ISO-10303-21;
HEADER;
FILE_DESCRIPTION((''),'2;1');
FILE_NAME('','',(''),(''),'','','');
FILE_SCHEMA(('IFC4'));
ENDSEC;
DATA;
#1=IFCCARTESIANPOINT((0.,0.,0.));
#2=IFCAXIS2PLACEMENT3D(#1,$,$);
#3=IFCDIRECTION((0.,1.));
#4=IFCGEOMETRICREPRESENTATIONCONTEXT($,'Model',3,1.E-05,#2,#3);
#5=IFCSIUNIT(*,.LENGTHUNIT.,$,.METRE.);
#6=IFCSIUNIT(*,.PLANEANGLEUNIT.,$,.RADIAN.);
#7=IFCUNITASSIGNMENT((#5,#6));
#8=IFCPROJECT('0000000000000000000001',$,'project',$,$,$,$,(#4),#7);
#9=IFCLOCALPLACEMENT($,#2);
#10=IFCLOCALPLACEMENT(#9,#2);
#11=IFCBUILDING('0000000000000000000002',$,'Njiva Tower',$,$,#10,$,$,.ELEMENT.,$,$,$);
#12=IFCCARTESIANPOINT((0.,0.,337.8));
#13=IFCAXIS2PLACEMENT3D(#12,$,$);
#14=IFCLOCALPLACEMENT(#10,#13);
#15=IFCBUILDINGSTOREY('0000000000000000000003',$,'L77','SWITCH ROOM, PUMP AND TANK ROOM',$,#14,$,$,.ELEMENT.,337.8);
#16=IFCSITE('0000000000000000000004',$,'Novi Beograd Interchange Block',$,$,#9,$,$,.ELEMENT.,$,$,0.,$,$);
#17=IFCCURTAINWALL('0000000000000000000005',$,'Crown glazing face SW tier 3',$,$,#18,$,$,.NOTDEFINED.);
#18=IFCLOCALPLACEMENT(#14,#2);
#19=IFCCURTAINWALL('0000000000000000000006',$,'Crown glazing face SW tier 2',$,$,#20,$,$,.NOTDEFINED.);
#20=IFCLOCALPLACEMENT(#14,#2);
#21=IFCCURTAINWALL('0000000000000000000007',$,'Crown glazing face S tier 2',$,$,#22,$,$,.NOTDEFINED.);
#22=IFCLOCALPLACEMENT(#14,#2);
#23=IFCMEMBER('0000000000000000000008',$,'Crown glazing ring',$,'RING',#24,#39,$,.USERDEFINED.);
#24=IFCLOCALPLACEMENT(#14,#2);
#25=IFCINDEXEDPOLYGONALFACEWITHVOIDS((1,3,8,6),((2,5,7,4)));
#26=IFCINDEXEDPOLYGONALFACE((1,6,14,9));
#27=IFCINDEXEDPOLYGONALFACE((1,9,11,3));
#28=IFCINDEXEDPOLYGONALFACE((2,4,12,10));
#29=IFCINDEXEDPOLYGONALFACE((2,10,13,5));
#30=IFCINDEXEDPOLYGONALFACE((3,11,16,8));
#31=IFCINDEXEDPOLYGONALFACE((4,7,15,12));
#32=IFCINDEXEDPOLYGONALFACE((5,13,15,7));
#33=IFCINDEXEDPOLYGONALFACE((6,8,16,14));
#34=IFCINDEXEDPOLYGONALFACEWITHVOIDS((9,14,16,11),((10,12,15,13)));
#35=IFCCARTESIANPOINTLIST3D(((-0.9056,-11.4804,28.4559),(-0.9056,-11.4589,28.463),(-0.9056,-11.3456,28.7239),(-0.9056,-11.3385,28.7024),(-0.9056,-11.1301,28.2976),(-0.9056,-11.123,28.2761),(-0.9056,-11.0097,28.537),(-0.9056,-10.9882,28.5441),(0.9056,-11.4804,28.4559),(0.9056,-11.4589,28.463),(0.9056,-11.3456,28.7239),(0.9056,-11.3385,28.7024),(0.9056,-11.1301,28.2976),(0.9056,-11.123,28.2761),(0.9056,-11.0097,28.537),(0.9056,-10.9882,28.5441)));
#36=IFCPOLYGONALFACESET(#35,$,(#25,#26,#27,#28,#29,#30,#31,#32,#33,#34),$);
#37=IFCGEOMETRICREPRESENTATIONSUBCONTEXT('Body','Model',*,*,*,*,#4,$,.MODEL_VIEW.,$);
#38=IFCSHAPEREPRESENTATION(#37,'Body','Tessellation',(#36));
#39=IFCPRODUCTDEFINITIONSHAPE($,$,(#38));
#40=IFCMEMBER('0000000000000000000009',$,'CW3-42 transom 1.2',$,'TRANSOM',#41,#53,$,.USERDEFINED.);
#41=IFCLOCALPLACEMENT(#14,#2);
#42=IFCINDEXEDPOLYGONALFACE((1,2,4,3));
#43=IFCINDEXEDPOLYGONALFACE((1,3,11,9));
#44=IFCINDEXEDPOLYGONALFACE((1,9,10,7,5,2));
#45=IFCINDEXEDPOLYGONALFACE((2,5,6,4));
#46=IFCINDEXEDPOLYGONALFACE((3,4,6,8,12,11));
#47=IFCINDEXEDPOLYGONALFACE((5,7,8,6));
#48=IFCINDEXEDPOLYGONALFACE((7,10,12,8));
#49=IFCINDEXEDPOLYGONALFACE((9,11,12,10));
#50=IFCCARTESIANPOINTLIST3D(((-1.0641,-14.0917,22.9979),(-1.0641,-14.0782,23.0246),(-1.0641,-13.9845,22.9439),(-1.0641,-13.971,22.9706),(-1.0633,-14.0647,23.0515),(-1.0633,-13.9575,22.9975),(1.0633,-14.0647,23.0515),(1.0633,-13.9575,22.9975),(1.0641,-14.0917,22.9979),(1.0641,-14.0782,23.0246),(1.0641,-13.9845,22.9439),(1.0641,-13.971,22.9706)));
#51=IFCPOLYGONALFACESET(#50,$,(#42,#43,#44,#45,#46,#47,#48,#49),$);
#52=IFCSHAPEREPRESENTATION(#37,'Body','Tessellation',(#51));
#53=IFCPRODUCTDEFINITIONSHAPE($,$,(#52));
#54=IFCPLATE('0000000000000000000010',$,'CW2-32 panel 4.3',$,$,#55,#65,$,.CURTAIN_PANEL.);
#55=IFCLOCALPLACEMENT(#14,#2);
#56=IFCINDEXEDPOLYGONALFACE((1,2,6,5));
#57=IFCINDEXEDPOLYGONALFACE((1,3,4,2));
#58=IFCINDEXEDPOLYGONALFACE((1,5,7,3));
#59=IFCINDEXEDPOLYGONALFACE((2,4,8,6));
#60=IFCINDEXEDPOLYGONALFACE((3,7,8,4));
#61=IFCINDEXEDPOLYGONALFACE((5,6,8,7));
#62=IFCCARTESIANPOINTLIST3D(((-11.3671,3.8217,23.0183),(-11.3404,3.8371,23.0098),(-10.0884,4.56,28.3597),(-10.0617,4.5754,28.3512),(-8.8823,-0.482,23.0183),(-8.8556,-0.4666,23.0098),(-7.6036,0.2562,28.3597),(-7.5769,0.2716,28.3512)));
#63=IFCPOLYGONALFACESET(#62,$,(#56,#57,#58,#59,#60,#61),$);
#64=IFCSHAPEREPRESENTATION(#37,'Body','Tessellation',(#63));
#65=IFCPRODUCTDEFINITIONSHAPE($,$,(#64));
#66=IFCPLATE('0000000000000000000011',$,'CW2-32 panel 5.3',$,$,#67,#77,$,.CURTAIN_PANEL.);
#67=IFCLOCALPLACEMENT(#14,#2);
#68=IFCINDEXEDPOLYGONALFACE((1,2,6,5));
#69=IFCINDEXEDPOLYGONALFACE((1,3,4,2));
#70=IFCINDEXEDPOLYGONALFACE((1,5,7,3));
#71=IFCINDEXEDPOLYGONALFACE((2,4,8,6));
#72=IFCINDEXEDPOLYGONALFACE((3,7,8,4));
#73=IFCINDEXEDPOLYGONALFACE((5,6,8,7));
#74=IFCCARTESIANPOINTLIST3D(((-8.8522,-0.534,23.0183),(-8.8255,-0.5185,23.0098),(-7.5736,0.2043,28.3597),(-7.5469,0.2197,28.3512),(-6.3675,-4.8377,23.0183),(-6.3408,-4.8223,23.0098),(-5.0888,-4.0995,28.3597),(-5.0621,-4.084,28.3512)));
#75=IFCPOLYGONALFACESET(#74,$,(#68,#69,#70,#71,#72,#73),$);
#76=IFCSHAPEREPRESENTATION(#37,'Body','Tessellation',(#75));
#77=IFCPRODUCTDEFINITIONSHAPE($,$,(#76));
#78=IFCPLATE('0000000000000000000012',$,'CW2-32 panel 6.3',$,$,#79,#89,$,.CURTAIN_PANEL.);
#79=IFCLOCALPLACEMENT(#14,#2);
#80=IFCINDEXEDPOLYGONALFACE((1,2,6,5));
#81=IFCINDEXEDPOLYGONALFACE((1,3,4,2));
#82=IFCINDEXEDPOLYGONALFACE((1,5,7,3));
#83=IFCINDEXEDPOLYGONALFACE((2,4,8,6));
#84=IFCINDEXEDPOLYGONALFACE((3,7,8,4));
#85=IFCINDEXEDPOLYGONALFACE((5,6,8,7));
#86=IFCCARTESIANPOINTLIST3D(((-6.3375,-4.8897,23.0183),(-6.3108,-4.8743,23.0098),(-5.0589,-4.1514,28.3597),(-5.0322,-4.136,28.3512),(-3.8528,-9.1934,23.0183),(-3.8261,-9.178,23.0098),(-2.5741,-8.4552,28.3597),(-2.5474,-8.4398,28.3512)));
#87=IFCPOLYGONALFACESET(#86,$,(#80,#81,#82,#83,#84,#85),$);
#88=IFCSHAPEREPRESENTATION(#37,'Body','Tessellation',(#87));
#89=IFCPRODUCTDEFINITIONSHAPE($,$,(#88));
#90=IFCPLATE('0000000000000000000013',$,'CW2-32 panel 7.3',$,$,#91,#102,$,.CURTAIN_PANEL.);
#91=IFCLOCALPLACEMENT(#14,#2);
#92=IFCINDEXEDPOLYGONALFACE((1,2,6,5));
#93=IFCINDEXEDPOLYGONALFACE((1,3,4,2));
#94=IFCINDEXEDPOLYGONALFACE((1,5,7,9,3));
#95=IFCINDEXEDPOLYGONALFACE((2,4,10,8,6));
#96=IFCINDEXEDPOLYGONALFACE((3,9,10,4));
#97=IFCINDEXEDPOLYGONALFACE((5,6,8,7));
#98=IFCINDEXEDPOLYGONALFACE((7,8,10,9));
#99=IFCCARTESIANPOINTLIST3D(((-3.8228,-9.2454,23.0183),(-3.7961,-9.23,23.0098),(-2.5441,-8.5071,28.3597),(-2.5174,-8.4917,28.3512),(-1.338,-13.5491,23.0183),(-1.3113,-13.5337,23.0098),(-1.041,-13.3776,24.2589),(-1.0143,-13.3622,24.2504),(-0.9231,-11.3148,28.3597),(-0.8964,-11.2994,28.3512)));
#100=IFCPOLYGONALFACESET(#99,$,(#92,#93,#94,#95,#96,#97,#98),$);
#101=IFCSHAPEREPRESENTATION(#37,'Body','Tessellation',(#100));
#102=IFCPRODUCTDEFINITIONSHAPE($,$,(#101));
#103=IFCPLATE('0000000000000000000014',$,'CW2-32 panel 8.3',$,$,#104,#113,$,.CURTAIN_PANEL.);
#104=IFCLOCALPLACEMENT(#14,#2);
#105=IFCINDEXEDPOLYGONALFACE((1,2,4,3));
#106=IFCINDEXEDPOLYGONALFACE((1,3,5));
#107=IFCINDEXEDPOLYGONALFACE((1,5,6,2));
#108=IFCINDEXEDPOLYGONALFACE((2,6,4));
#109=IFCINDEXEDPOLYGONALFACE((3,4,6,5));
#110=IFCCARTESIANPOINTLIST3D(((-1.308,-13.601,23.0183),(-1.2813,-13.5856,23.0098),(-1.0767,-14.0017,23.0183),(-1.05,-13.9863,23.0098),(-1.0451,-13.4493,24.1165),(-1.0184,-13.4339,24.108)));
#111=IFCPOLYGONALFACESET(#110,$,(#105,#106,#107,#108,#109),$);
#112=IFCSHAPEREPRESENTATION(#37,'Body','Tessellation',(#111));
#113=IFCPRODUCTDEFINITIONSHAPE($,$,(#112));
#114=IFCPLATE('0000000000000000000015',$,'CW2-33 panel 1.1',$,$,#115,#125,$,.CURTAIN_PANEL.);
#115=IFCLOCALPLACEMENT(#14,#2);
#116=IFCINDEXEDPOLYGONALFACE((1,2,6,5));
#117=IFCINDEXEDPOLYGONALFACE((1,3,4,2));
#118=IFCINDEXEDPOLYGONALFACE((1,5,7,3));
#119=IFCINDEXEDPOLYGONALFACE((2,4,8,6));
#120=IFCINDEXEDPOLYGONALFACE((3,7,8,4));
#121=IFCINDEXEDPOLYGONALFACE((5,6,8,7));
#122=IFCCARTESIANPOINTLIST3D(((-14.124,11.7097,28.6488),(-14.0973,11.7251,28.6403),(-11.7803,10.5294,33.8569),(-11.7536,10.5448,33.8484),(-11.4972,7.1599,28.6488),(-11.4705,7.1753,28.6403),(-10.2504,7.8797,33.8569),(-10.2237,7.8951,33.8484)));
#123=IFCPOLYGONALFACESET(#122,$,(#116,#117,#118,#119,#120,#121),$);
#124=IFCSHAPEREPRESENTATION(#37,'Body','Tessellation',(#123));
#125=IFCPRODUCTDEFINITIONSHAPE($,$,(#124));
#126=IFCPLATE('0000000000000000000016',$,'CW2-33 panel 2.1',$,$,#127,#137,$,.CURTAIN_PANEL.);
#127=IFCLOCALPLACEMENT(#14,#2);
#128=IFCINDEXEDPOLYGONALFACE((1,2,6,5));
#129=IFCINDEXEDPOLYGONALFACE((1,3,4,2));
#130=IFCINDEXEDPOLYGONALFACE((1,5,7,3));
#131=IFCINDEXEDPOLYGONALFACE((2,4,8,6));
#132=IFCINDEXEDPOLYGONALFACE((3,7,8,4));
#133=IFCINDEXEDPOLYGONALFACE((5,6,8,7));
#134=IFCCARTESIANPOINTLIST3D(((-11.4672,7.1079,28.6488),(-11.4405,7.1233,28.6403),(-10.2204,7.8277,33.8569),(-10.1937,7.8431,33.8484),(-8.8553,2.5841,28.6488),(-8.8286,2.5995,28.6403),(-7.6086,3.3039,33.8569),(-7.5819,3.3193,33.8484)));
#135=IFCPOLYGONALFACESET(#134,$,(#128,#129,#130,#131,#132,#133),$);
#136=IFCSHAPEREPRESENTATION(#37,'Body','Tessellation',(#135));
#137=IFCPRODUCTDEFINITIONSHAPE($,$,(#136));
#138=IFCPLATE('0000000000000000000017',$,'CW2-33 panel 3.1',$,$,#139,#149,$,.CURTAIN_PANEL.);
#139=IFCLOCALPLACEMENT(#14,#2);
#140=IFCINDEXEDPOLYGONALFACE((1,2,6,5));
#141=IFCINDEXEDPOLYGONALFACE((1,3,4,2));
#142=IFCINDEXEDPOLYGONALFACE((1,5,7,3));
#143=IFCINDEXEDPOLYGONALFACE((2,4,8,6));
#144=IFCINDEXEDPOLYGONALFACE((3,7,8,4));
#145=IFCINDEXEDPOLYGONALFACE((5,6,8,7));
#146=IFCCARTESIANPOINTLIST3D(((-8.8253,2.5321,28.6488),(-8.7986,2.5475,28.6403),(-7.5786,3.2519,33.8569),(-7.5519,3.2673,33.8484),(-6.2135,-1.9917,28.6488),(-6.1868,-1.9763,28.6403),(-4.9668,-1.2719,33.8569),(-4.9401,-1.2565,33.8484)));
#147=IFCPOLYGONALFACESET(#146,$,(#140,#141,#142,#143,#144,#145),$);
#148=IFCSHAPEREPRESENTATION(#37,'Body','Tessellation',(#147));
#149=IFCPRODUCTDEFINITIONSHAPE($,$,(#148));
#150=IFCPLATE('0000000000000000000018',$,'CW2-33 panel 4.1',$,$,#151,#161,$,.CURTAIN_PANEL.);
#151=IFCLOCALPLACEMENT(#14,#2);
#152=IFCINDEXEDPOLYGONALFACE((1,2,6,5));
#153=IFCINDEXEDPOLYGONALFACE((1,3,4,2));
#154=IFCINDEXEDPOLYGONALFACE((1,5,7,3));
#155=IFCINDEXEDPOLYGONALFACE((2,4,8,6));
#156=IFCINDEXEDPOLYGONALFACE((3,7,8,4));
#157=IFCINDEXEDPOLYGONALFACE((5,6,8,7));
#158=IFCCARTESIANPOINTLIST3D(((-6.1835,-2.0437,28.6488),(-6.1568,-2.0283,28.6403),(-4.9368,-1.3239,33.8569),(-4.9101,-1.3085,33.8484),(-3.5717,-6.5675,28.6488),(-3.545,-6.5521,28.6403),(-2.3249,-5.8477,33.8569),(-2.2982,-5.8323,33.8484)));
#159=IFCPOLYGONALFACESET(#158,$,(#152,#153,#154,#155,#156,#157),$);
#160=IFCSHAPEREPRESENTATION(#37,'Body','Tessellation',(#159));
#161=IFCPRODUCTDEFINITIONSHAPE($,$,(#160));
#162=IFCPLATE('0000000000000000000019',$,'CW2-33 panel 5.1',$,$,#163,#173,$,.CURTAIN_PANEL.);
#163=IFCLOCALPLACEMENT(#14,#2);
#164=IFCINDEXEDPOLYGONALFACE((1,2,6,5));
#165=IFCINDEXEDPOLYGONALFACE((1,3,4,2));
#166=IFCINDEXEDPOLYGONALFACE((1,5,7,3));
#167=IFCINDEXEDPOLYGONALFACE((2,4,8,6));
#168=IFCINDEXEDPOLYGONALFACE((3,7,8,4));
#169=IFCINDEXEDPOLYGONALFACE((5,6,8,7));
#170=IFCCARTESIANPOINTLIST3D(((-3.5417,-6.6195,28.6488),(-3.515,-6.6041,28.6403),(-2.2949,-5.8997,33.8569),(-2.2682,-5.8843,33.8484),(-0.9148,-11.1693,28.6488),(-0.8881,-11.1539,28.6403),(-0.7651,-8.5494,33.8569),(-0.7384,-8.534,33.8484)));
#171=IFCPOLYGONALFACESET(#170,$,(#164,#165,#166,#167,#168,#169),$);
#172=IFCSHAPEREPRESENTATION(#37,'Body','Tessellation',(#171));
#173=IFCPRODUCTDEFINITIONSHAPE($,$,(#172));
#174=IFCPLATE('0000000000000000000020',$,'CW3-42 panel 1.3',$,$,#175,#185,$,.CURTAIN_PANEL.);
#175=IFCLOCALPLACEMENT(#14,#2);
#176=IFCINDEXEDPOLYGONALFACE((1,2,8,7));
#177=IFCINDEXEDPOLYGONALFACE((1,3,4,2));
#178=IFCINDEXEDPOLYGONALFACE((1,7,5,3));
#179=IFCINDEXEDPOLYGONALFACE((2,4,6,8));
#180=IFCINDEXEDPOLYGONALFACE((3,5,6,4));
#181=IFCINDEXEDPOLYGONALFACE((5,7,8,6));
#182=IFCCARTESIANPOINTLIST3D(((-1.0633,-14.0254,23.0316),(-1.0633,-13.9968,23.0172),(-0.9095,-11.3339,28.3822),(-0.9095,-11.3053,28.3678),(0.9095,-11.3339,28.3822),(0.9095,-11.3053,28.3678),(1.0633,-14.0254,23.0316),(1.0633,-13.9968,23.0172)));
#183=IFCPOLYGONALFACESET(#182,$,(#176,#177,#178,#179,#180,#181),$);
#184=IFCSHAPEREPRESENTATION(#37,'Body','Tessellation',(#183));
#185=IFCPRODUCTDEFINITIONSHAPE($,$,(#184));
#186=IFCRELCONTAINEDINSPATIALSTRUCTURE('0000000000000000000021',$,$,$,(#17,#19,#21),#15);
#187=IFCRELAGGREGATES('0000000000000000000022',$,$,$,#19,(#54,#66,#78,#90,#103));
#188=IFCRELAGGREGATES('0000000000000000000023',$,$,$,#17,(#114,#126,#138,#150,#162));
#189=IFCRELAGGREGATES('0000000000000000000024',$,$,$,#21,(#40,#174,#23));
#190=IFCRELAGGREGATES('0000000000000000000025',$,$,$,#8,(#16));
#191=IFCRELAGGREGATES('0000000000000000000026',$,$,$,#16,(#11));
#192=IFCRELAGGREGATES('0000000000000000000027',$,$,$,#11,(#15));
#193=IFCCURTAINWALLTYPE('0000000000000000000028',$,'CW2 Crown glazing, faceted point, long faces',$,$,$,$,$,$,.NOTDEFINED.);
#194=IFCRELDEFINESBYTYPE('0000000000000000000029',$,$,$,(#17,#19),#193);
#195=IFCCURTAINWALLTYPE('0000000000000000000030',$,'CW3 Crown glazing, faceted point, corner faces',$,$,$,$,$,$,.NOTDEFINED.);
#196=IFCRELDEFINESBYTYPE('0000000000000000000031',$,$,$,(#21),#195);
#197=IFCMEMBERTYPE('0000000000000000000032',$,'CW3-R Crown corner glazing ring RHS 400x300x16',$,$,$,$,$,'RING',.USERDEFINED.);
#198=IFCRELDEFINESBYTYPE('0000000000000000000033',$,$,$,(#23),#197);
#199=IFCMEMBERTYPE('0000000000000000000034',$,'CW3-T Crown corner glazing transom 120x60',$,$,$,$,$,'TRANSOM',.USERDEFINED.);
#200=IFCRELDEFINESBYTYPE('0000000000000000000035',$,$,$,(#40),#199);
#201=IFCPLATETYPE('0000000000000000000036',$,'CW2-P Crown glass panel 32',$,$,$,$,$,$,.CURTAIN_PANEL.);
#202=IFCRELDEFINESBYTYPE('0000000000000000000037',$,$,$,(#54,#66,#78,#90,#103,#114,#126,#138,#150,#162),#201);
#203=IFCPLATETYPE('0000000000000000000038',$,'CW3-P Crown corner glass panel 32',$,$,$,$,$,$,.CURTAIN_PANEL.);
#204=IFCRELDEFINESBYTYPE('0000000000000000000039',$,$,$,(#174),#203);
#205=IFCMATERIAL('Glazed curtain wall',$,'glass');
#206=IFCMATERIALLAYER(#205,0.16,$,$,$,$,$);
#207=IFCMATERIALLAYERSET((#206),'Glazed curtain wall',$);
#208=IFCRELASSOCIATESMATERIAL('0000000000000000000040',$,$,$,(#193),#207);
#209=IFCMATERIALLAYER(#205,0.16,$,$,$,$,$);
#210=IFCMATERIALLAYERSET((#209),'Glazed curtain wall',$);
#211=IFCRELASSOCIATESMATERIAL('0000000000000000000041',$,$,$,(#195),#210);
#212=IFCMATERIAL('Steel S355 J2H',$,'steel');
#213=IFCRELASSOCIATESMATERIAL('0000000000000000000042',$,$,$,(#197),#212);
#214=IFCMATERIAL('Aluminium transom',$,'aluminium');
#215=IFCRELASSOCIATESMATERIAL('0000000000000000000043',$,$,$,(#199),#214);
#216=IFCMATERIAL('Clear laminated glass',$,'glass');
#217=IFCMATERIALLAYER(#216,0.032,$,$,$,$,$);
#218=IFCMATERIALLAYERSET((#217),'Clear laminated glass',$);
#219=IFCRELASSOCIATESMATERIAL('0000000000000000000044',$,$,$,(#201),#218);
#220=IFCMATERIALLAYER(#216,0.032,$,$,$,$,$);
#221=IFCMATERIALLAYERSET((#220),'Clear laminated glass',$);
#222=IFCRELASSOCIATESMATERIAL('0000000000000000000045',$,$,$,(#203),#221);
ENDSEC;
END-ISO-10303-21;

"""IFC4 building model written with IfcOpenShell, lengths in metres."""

from ifc_helpers import new_model, si_unit, direction, frame, origin, origin_2d, place, context, subcontext, project, spatial, polyline, rectangle, hollow_rectangle, outline, extrude, clip, halfspace, material, layer, layer_set, material_profile, profile_set, type_object, element, aggregate, save


model = new_model("IFC4")

# Units and contexts
model_context = context("Model", 3, precision=1e-05, world=origin(), true_north=direction((0.0, 1.0)))
body_context = subcontext(model_context, "Body", "Model", "MODEL_VIEW")
ifc_project = project(units=[si_unit("LENGTHUNIT", "METRE"), si_unit("PLANEANGLEUNIT", "RADIAN")], contexts=[model_context])

# Site, building, storey
site_placement = place(None, origin())
site = spatial("IfcSite", under=ifc_project, at=site_placement, Name="Novi Beograd Interchange Block", CompositionType="ELEMENT", RefElevation=0.0)
building_placement = place(site_placement, origin())
building = spatial("IfcBuilding", under=site, at=building_placement, Name="Njiva Tower", CompositionType="ELEMENT")
storey_placement = place(building_placement, frame((0.0, 0.0, 337.8)))
storey = spatial("IfcBuildingStorey", under=building, at=storey_placement, Name="L77", Description="SWITCH ROOM, PUMP AND TANK ROOM", CompositionType="ELEMENT", Elevation=337.8)

# Curtain walls
ifc_material_1 = material(Name="Glazed curtain wall", Category="glass")
ifc_layer_1 = layer(ifc_material_1, 0.16)
ifc_layer_set_1 = layer_set([ifc_layer_1], Name="Glazed curtain wall")
curtain_wall_type_1 = type_object("IfcCurtainWallType", Name="CW2 Crown glazing, faceted point, long faces", PredefinedType="NOTDEFINED", material=ifc_layer_set_1)
curtain_wall_1_placement = place(storey_placement, origin())
curtain_wall_1 = element("IfcCurtainWall", 1, at=curtain_wall_1_placement, inside=storey, type_object=curtain_wall_type_1, Name="Crown glazing face SW tier 3", PredefinedType="NOTDEFINED")
curtain_wall_2_placement = place(storey_placement, origin())
curtain_wall_2 = element("IfcCurtainWall", 2, at=curtain_wall_2_placement, inside=storey, type_object=curtain_wall_type_1, Name="Crown glazing face SW tier 2", PredefinedType="NOTDEFINED")
ifc_material_2 = material(Name="Aluminium transom", Category="aluminium")

# Curtain wall, members
ifc_layer_2 = layer(ifc_material_1, 0.16)
ifc_layer_set_2 = layer_set([ifc_layer_2], Name="Glazed curtain wall")
curtain_wall_type_2 = type_object("IfcCurtainWallType", Name="CW3 Crown glazing, faceted point, corner faces", PredefinedType="NOTDEFINED", material=ifc_layer_set_2)
curtain_wall_3_placement = place(storey_placement, origin())
curtain_wall_3 = element("IfcCurtainWall", 3, at=curtain_wall_3_placement, inside=storey, type_object=curtain_wall_type_2, Name="Crown glazing face S tier 2", PredefinedType="NOTDEFINED")
ifc_material_3 = material(Name="Steel S355 J2H", Category="steel")
ifc_material_profile_1 = material_profile(ifc_material_3, hollow_rectangle(XDim=0.3, YDim=0.4, WallThickness=0.016, at=origin_2d()), Name="BOX 400x300x16")
ifc_profile_set_1 = profile_set([ifc_material_profile_1], Name="Steel S355 J2H")
member_type_1 = type_object("IfcMemberType", Name="CW3-R Crown corner glazing ring RHS 400x300x16", ElementType="RING", PredefinedType="USERDEFINED", material=ifc_profile_set_1)
member_1_placement = place(storey_placement, frame((-0.9056, -11.2343, 28.5), z_axis=(1.0, 0.0, 0.0), x_axis=(0.0, 0.449387, 0.893337)))
member_1 = element("IfcMember", 4, at=member_1_placement, type_object=member_type_1, Name="Crown glazing ring", ObjectType="RING", PredefinedType="USERDEFINED", context=body_context, shape_type="SweptSolid", body=[
    extrude(hollow_rectangle(XDim=0.3, YDim=0.4, WallThickness=0.016, at=origin_2d()), origin(), (0.0, 0.0, 1.0), 1.8112),
])
ifc_material_profile_2 = material_profile(ifc_material_2, rectangle(XDim=0.12, YDim=0.06, at=origin_2d()), Name="RECT 120x60")
ifc_profile_set_2 = profile_set([ifc_material_profile_2], Name="Aluminium transom")
member_type_2 = type_object("IfcMemberType", Name="CW3-T Crown corner glazing transom 120x60", ElementType="TRANSOM", PredefinedType="USERDEFINED", material=ifc_profile_set_2)
member_2_placement = place(storey_placement, frame((-1.0641, -14.0246, 22.9977), z_axis=(1.0, 0.0, 0.0), x_axis=(0.0, -0.893337, 0.449387)))
member_2 = element("IfcMember", 5, at=member_2_placement, type_object=member_type_2, Name="CW3-42 transom 1.2", ObjectType="TRANSOM", PredefinedType="USERDEFINED", context=body_context, shape_type="Clipping", body=[
    clip(clip(extrude(rectangle(XDim=0.12, YDim=0.06, at=origin_2d()), origin(), (0.0, 0.0, 1.0), 2.1282), halfspace(frame((0.06, 0.0001, 0.0), z_axis=(0.0, -0.025675, -0.99967), x_axis=(0.0, -0.99967, 0.025675)), False)), halfspace(frame((0.06, 0.0001, 2.1282), z_axis=(0.0, -0.025675, 0.99967), x_axis=(0.0, 0.99967, 0.025675)), False)),
])

# Plates
ifc_material_4 = material(Name="Clear laminated glass", Category="glass")
ifc_layer_3 = layer(ifc_material_4, 0.032)
ifc_layer_set_3 = layer_set([ifc_layer_3], Name="Clear laminated glass")
plate_type_1 = type_object("IfcPlateType", Name="CW2-P Crown glass panel 32", PredefinedType="CURTAIN_PANEL", material=ifc_layer_set_3)
plate_1_placement = place(storey_placement, frame((-10.0884, 4.56, 28.3597), z_axis=(-0.834718, -0.481931, 0.266436), x_axis=(-0.230737, -0.133224, -0.963853)))
plate_1 = element("IfcPlate", 6, at=plate_1_placement, type_object=plate_type_1, Name="CW2-32 panel 4.3", PredefinedType="CURTAIN_PANEL", context=body_context, shape_type="SweptSolid", body=[
    extrude(outline(polyline([(0.0, 0.0), (5.5417, 0.0), (5.5417, 4.9695), (0.0, 4.9696), (0.0, 0.0)])), origin(), (0.0, 0.0, -1.0), 0.032),
])
plate_2_placement = place(storey_placement, frame((-7.5736, 0.2043, 28.3597), z_axis=(-0.834724, -0.481924, 0.266428), x_axis=(-0.230731, -0.13322, -0.963855)))
plate_2 = element("IfcPlate", 7, at=plate_2_placement, type_object=plate_type_1, Name="CW2-32 panel 5.3", PredefinedType="CURTAIN_PANEL", context=body_context, shape_type="SweptSolid", body=[
    extrude(outline(polyline([(0.0, 0.0), (5.5417, 0.0), (5.5417, 4.9695), (0.0001, 4.9696), (0.0, 0.0)])), origin(), (0.0, 0.0, -1.0), 0.032),
])
plate_3_placement = place(storey_placement, frame((-5.0589, -4.1514, 28.3597), z_axis=(-0.834724, -0.481924, 0.266428), x_axis=(-0.230726, -0.133228, -0.963855)))
plate_3 = element("IfcPlate", 8, at=plate_3_placement, type_object=plate_type_1, Name="CW2-32 panel 6.3", PredefinedType="CURTAIN_PANEL", context=body_context, shape_type="SweptSolid", body=[
    extrude(outline(polyline([(0.0, 0.0), (5.5417, 0.0), (5.5418, 4.9695), (0.0001, 4.9696), (0.0, 0.0)])), origin(), (0.0, 0.0, -1.0), 0.032),
])
plate_4_placement = place(storey_placement, frame((-2.5441, -8.5071, 28.3597), z_axis=(-0.834718, -0.481932, 0.266435), x_axis=(-0.230736, -0.133223, -0.963853)))
plate_4 = element("IfcPlate", 9, at=plate_4_placement, type_object=plate_type_1, Name="CW2-32 panel 7.3", PredefinedType="CURTAIN_PANEL", context=body_context, shape_type="SweptSolid", body=[
    extrude(outline(polyline([(0.0, 0.0), (5.5417, 0.0), (5.5417, 4.9695), (4.2546, 4.9695), (0.0, 3.242), (0.0, 0.0)])), origin(), (0.0, 0.0, -1.0), 0.032),
])
plate_5_placement = place(storey_placement, frame((-1.0451, -13.4493, 24.1165), z_axis=(-0.83477, -0.481862, 0.266399), x_axis=(-0.230741, -0.133143, -0.963863)))
plate_5 = element("IfcPlate", 10, at=plate_5_placement, type_object=plate_type_1, Name="CW2-32 panel 8.3", PredefinedType="CURTAIN_PANEL", context=body_context, shape_type="SweptSolid", body=[
    extrude(outline(polyline([(0.0, 0.0), (1.1394, 0.0), (1.1394, 0.4627), (0.0, 0.0)])), origin(), (0.0, 0.0, -1.0), 0.032),
])
aggregate(curtain_wall_2, [plate_1, plate_2, plate_3, plate_4, plate_5])
plate_6_placement = place(storey_placement, frame((-11.4972, 7.1599, 28.6488), z_axis=(-0.83472, -0.481934, 0.266425), x_axis=(0.230734, 0.133207, 0.963856)))
plate_6 = element("IfcPlate", 11, at=plate_6_placement, type_object=plate_type_1, Name="CW2-33 panel 1.1", PredefinedType="CURTAIN_PANEL", context=body_context, shape_type="SweptSolid", body=[
    extrude(outline(polyline([(0.0, 0.0), (5.4034, 0.0), (5.4034, 3.0597), (0.0, 5.2536), (0.0, 0.0)])), origin(), (0.0, 0.0, -1.0), 0.032),
])
plate_7_placement = place(storey_placement, frame((-8.8553, 2.5841, 28.6488), z_axis=(-0.83472, -0.481932, 0.266428), x_axis=(0.230732, 0.133216, 0.963855)))
plate_7 = element("IfcPlate", 12, at=plate_7_placement, type_object=plate_type_1, Name="CW2-33 panel 2.1", PredefinedType="CURTAIN_PANEL", context=body_context, shape_type="SweptSolid", body=[
    extrude(outline(polyline([(0.0, 0.0), (5.4034, 0.0), (5.4034, 5.2236), (0.0, 5.2237), (0.0, 0.0)])), origin(), (0.0, 0.0, -1.0), 0.032),
])
plate_8_placement = place(storey_placement, frame((-6.2135, -1.9917, 28.6488), z_axis=(-0.834726, -0.481926, 0.26642), x_axis=(0.230725, 0.133213, 0.963857)))
plate_8 = element("IfcPlate", 13, at=plate_8_placement, type_object=plate_type_1, Name="CW2-33 panel 3.1", PredefinedType="CURTAIN_PANEL", context=body_context, shape_type="SweptSolid", body=[
    extrude(outline(polyline([(0.0, 0.0), (5.4034, 0.0), (5.4034, 5.2236), (0.0, 5.2236), (0.0, 0.0)])), origin(), (0.0, 0.0, -1.0), 0.032),
])
plate_9_placement = place(storey_placement, frame((-3.5717, -6.5675, 28.6488), z_axis=(-0.83472, -0.481932, 0.266428), x_axis=(0.230736, 0.133208, 0.963855)))
plate_9 = element("IfcPlate", 14, at=plate_9_placement, type_object=plate_type_1, Name="CW2-33 panel 4.1", PredefinedType="CURTAIN_PANEL", context=body_context, shape_type="SweptSolid", body=[
    extrude(outline(polyline([(0.0, 0.0), (5.4034, 0.0), (5.4034, 5.2237), (0.0, 5.2236), (0.0, 0.0)])), origin(), (0.0, 0.0, -1.0), 0.032),
])
plate_10_placement = place(storey_placement, frame((-0.7651, -8.5494, 33.8569), z_axis=(-0.834719, -0.481933, 0.266431), x_axis=(-0.500006, 0.866022, 0.000002)))
plate_10 = element("IfcPlate", 15, at=plate_10_placement, type_object=plate_type_1, Name="CW2-33 panel 5.1", PredefinedType="CURTAIN_PANEL", context=body_context, shape_type="SweptSolid", body=[
    extrude(outline(polyline([(0.0, 0.0), (3.0596, 0.0), (3.0596, 5.4034), (-2.1941, 5.4034), (0.0, 0.0)])), origin(), (0.0, 0.0, -1.0), 0.032),
])
aggregate(curtain_wall_1, [plate_6, plate_7, plate_8, plate_9, plate_10])
ifc_layer_4 = layer(ifc_material_4, 0.032)
ifc_layer_set_4 = layer_set([ifc_layer_4], Name="Clear laminated glass")
plate_type_2 = type_object("IfcPlateType", Name="CW3-P Crown corner glass panel 32", PredefinedType="CURTAIN_PANEL", material=ifc_layer_set_4)
plate_11_placement = place(storey_placement, frame((-1.0633, -14.0254, 23.0316), z_axis=(0.0, -0.893343, 0.449376), x_axis=(1.0, 0.0, 0.0)))
plate_11 = element("IfcPlate", 16, at=plate_11_placement, type_object=plate_type_2, Name="CW3-42 panel 1.3", PredefinedType="CURTAIN_PANEL", context=body_context, shape_type="SweptSolid", body=[
    extrude(outline(polyline([(0.0, 0.0), (2.1266, 0.0), (1.9728, 5.9894), (0.1538, 5.9894), (0.0, 0.0)])), origin(), (0.0, 0.0, -1.0), 0.032),
])
aggregate(curtain_wall_3, [member_2, plate_11, member_1])

save(model, "model.ifc")
